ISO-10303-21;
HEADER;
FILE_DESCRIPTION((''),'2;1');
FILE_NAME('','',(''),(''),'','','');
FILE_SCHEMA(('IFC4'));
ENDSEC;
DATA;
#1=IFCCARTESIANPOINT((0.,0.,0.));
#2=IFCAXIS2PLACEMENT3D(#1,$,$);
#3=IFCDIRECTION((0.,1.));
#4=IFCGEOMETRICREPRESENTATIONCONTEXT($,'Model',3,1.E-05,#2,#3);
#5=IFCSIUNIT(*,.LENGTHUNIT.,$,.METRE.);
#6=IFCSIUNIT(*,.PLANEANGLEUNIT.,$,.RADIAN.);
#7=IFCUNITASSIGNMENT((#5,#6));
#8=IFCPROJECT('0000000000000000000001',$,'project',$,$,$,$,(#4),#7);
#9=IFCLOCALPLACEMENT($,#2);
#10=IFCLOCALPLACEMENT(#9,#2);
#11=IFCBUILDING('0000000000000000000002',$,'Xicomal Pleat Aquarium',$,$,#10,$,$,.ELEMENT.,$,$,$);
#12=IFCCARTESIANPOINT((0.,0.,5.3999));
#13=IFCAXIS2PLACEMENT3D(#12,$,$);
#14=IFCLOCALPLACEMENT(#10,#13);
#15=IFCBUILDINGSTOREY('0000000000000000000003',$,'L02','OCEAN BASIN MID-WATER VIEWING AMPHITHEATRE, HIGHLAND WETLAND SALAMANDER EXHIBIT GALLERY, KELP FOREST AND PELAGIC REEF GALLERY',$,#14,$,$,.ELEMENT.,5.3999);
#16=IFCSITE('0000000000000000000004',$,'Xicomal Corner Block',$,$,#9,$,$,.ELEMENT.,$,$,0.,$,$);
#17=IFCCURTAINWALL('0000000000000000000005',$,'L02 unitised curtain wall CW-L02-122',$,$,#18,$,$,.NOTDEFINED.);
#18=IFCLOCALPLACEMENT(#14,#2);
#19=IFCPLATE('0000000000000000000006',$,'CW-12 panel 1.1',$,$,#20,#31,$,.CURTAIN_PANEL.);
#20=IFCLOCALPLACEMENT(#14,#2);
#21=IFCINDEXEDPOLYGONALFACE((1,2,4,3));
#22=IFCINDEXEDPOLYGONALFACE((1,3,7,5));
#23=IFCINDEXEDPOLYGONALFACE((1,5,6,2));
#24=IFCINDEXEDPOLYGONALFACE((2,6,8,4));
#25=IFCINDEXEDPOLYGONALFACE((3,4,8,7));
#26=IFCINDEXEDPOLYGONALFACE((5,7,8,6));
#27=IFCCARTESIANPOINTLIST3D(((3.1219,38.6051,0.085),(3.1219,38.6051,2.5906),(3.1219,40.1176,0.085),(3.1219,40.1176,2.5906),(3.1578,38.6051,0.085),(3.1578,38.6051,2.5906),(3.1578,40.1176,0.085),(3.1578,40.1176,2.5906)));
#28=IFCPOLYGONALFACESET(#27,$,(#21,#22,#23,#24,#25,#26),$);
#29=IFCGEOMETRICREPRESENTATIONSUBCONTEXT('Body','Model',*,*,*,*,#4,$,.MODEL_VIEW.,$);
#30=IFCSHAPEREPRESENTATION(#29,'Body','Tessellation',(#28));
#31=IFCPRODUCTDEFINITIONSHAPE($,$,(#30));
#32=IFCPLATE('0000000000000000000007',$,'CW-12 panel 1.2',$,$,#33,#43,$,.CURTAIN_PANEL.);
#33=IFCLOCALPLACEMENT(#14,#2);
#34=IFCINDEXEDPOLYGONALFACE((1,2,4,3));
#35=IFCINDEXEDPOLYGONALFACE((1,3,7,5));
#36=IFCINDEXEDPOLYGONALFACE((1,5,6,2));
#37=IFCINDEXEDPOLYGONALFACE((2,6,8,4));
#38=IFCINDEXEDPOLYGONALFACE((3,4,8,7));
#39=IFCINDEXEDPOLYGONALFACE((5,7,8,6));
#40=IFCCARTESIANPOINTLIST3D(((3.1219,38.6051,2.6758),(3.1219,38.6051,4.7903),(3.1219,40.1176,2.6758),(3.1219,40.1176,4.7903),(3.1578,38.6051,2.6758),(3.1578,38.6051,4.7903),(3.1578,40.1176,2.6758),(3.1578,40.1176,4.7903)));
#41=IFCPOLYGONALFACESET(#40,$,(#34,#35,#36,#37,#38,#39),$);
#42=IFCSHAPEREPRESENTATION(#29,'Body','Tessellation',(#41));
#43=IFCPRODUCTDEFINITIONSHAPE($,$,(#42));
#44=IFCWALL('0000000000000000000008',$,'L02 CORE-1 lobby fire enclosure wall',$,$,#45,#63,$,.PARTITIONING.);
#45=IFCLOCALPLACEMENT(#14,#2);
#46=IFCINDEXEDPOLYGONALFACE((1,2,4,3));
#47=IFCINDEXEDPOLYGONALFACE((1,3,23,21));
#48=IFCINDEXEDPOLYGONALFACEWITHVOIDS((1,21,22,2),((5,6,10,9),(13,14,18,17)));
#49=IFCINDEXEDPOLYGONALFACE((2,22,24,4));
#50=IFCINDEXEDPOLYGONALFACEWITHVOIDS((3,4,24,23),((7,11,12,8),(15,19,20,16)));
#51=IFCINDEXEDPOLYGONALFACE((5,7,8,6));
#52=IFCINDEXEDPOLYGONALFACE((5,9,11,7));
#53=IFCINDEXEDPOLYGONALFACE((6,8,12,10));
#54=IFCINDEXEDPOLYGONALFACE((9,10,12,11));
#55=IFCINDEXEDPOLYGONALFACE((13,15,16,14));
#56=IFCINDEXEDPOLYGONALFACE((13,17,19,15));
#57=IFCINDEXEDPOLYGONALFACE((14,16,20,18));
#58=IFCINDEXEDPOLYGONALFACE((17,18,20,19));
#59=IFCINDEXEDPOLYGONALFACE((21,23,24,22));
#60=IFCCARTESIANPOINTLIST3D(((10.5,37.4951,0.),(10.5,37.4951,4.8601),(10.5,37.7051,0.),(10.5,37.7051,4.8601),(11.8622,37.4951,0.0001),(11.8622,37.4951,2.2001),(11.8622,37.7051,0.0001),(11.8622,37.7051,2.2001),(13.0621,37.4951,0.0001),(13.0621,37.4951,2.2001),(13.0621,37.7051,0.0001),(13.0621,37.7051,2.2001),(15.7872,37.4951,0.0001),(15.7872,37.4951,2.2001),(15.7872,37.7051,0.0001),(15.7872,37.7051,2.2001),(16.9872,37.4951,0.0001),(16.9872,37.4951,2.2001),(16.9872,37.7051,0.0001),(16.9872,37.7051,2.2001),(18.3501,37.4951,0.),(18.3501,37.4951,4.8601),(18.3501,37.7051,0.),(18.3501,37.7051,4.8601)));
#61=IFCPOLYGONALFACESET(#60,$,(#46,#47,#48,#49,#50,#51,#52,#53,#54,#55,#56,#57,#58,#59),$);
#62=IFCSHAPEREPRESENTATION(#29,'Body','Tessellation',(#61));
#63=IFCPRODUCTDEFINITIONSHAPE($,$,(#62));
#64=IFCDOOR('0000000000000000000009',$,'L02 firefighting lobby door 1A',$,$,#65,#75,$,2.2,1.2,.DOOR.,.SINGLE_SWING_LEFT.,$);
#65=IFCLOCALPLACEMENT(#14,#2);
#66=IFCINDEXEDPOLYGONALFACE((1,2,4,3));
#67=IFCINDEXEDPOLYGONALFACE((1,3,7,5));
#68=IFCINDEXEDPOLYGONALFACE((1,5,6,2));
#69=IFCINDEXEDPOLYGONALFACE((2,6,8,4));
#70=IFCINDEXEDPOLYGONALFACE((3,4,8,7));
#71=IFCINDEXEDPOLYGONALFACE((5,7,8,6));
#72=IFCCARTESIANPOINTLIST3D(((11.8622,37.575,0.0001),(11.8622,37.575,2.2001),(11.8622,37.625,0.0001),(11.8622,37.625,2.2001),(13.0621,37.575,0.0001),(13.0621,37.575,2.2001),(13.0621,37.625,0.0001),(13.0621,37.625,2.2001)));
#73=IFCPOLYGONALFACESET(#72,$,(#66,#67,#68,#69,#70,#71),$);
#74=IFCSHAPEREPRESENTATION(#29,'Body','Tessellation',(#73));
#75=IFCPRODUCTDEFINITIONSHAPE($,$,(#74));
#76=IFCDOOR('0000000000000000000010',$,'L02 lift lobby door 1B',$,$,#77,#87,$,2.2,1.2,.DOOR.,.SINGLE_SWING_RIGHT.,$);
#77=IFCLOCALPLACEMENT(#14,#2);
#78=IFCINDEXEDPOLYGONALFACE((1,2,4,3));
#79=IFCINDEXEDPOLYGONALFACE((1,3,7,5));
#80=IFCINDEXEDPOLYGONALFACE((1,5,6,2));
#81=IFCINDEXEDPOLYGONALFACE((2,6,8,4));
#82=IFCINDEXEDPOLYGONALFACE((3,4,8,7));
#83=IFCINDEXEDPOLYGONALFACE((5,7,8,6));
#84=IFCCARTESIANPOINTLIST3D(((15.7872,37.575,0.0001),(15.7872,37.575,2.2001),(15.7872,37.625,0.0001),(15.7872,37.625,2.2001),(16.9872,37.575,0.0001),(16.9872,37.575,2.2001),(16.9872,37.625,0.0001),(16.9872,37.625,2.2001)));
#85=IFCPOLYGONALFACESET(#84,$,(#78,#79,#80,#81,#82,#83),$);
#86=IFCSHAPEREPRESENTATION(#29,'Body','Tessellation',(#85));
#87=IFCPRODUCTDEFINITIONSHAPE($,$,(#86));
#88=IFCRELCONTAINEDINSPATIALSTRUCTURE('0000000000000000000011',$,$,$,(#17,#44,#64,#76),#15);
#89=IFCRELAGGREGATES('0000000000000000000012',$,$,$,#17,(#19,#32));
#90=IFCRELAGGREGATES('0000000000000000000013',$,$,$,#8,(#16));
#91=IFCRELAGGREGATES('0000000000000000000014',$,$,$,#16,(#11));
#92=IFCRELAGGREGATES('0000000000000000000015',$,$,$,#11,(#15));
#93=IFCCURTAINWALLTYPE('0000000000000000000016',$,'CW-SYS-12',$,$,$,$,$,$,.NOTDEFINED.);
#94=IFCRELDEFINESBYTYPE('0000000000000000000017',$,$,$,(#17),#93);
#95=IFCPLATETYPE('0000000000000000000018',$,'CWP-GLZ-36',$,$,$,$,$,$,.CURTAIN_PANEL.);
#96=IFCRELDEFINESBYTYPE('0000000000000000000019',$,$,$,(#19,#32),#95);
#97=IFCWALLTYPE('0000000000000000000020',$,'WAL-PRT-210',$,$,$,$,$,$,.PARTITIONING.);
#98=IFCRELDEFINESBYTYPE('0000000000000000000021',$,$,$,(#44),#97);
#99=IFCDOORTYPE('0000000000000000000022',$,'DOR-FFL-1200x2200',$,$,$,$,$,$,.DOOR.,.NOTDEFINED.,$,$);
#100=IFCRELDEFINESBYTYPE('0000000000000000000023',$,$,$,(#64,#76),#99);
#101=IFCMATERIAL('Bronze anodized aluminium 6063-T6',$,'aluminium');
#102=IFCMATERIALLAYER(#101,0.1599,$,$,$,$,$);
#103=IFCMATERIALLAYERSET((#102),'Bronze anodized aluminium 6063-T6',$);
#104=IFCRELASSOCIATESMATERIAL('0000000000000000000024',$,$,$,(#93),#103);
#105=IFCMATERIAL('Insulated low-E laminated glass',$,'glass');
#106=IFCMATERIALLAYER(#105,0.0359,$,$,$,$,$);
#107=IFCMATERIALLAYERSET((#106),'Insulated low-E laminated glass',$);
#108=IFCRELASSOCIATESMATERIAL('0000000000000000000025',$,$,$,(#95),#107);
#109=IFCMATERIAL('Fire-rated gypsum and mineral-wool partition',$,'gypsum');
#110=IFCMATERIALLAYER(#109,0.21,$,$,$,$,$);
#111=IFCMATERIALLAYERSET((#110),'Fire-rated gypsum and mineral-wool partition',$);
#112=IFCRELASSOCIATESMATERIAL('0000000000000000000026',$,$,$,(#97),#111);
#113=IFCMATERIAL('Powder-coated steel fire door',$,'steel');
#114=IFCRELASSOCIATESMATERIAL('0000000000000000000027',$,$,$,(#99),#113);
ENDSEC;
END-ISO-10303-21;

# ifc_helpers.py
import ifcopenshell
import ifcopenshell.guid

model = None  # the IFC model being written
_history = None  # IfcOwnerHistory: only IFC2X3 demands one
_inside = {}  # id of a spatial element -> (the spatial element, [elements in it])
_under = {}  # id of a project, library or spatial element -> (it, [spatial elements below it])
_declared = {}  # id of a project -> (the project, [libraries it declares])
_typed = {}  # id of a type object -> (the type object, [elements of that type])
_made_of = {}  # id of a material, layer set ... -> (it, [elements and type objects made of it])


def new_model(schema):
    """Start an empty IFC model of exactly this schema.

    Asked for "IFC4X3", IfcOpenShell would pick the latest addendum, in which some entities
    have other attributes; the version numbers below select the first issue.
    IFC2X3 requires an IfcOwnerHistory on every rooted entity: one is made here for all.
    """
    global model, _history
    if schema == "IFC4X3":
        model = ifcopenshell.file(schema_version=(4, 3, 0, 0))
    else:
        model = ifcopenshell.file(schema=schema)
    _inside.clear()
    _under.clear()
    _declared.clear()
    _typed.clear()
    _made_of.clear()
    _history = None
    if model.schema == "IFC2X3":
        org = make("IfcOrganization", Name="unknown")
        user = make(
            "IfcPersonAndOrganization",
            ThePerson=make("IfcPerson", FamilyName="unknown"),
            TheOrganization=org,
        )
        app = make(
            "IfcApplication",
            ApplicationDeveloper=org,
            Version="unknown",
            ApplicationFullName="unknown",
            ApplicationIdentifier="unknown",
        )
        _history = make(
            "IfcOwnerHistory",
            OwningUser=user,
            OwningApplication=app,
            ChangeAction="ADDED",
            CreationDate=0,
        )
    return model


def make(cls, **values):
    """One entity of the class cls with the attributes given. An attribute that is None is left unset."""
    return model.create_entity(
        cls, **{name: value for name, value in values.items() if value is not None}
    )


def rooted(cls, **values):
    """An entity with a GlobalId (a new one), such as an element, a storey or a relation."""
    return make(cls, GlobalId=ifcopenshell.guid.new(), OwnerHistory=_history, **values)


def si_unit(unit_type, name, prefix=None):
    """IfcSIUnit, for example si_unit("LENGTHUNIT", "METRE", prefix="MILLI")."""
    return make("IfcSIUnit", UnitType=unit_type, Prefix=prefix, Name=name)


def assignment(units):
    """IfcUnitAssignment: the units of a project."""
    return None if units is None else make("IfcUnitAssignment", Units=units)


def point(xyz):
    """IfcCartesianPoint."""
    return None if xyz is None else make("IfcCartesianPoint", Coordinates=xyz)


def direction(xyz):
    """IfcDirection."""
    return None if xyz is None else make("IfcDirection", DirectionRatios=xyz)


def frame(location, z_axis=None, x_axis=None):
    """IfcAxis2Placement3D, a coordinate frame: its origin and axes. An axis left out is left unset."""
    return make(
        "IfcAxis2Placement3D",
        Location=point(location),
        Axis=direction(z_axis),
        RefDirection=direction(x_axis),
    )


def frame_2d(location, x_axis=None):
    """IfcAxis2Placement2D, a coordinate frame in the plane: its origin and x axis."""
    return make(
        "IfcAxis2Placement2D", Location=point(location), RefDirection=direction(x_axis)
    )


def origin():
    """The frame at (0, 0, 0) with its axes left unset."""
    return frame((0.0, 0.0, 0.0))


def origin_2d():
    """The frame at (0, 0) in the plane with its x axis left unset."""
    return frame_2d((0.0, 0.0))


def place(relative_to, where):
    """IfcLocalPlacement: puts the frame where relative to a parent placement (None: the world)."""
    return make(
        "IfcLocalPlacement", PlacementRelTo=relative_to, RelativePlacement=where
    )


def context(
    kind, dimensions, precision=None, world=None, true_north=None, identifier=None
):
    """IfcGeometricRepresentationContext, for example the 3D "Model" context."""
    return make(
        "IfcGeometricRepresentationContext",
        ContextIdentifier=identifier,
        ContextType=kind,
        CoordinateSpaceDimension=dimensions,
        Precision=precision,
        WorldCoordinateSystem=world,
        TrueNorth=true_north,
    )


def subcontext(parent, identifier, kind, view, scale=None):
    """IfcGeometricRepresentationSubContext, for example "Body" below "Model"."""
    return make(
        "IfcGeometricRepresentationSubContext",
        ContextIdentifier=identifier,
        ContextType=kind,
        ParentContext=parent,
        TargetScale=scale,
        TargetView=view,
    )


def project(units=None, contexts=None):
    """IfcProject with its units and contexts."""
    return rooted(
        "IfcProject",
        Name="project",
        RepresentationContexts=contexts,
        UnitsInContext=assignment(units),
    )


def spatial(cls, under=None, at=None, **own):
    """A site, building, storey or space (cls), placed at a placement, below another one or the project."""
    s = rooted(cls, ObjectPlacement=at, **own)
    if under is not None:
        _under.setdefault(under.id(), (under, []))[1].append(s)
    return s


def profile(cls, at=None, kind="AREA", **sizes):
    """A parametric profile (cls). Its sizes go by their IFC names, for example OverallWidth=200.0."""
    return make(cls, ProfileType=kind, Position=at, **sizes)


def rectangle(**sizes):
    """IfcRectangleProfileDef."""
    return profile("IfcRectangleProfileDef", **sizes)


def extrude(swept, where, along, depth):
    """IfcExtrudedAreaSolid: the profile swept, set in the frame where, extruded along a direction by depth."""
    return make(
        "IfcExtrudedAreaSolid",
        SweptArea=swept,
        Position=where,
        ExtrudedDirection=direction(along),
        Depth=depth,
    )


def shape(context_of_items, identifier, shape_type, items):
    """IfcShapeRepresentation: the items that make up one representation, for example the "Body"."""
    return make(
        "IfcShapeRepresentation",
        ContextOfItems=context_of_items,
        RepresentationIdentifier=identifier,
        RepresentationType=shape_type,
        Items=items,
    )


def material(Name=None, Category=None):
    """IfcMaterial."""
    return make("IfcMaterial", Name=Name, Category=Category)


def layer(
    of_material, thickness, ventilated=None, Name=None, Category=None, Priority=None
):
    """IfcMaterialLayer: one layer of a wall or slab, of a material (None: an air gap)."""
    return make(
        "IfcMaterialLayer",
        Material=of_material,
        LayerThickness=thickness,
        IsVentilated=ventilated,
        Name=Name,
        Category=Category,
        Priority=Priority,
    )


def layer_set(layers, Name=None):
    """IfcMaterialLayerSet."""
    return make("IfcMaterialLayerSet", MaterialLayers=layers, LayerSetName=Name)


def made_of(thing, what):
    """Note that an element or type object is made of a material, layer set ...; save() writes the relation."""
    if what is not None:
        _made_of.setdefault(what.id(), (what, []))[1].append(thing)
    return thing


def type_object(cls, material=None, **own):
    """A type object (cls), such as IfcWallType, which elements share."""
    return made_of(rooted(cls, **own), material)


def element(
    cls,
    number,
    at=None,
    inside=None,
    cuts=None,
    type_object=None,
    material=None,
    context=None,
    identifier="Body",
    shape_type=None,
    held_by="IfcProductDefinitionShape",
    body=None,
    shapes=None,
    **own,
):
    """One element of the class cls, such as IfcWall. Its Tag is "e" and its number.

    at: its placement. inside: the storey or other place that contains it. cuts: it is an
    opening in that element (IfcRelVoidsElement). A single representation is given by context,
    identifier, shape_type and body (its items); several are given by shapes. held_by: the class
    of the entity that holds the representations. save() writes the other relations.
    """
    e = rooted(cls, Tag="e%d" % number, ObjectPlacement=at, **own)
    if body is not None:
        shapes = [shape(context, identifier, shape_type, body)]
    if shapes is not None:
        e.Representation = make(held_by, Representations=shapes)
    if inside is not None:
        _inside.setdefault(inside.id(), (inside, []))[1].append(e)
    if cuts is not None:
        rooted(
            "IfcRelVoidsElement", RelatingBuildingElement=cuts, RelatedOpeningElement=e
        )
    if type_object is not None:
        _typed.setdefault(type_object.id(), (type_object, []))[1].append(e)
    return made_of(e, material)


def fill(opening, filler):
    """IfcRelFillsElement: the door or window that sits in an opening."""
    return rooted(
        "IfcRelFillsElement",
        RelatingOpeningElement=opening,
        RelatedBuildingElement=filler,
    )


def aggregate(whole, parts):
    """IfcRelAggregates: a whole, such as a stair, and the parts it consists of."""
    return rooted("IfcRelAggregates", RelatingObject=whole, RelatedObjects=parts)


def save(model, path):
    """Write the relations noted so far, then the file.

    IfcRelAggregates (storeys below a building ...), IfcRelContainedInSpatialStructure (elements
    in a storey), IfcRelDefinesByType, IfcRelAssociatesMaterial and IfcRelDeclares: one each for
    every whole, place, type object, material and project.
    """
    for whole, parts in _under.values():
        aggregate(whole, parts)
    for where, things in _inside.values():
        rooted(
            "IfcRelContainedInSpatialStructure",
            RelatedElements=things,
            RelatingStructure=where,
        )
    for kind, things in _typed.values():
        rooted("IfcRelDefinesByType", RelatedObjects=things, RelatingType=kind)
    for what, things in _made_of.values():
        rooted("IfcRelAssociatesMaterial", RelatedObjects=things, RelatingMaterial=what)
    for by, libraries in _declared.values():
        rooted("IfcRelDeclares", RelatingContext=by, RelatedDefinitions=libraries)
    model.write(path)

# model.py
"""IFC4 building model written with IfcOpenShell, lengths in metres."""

from ifc_helpers import new_model, si_unit, direction, frame, frame_2d, origin, origin_2d, place, context, subcontext, project, spatial, rectangle, extrude, material, layer, layer_set, type_object, element, fill, aggregate, save


model = new_model("IFC4")

# Units and contexts
model_context = context("Model", 3, precision=1e-05, world=origin(), true_north=direction((0.0, 1.0)))
body_context = subcontext(model_context, "Body", "Model", "MODEL_VIEW")
ifc_project = project(units=[si_unit("LENGTHUNIT", "METRE"), si_unit("PLANEANGLEUNIT", "RADIAN")], contexts=[model_context])

# Site, building, storey
site_placement = place(None, origin())
site = spatial("IfcSite", under=ifc_project, at=site_placement, Name="Xicomal Corner Block", CompositionType="ELEMENT", RefElevation=0.0)
building_placement = place(site_placement, origin())
building = spatial("IfcBuilding", under=site, at=building_placement, Name="Xicomal Pleat Aquarium", CompositionType="ELEMENT")
storey_placement = place(building_placement, frame((0.0, 0.0, 5.3999)))
storey = spatial("IfcBuildingStorey", under=building, at=storey_placement, Name="L02", Description="OCEAN BASIN MID-WATER VIEWING AMPHITHEATRE, HIGHLAND WETLAND SALAMANDER EXHIBIT GALLERY, KELP FOREST AND PELAGIC REEF GALLERY", CompositionType="ELEMENT", Elevation=5.3999)

# Curtain wall
ifc_material_1 = material(Name="Bronze anodized aluminium 6063-T6", Category="aluminium")
ifc_layer_1 = layer(ifc_material_1, 0.1599)
ifc_layer_set_1 = layer_set([ifc_layer_1], Name="Bronze anodized aluminium 6063-T6")
curtain_wall_type_1 = type_object("IfcCurtainWallType", Name="CW-SYS-12", PredefinedType="NOTDEFINED", material=ifc_layer_set_1)
curtain_wall_1_placement = place(storey_placement, origin())
curtain_wall_1 = element("IfcCurtainWall", 1, at=curtain_wall_1_placement, inside=storey, type_object=curtain_wall_type_1, Name="L02 unitised curtain wall CW-L02-122", PredefinedType="NOTDEFINED")

# Plates
ifc_material_2 = material(Name="Insulated low-E laminated glass", Category="glass")
ifc_layer_2 = layer(ifc_material_2, 0.0359)
ifc_layer_set_2 = layer_set([ifc_layer_2], Name="Insulated low-E laminated glass")
plate_type_1 = type_object("IfcPlateType", Name="CWP-GLZ-36", PredefinedType="CURTAIN_PANEL", material=ifc_layer_set_2)
plate_1_placement = place(storey_placement, frame((3.1399, 39.3613, 0.085), z_axis=(0.0, 0.0, 1.0), x_axis=(0.0, 1.0, 0.0)))
plate_1 = element("IfcPlate", 2, at=plate_1_placement, type_object=plate_type_1, Name="CW-12 panel 1.1", PredefinedType="CURTAIN_PANEL", context=body_context, shape_type="SweptSolid", body=[
    extrude(rectangle(XDim=1.5125, YDim=0.0359, at=origin_2d()), origin(), (0.0, 0.0, 1.0), 2.5056),
])
plate_2_placement = place(storey_placement, frame((3.1399, 39.3613, 2.6758), z_axis=(0.0, 0.0, 1.0), x_axis=(0.0, 1.0, 0.0)))
plate_2 = element("IfcPlate", 3, at=plate_2_placement, type_object=plate_type_1, Name="CW-12 panel 1.2", PredefinedType="CURTAIN_PANEL", context=body_context, shape_type="SweptSolid", body=[
    extrude(rectangle(XDim=1.5125, YDim=0.0359, at=origin_2d()), origin(), (0.0, 0.0, 1.0), 2.1145),
])
aggregate(curtain_wall_1, [plate_1, plate_2])

# Wall, openings, doors
ifc_material_3 = material(Name="Fire-rated gypsum and mineral-wool partition", Category="gypsum")
ifc_layer_3 = layer(ifc_material_3, 0.21)
ifc_layer_set_3 = layer_set([ifc_layer_3], Name="Fire-rated gypsum and mineral-wool partition")
wall_type = type_object("IfcWallType", Name="WAL-PRT-210", PredefinedType="PARTITIONING", material=ifc_layer_set_3)
wall_placement = place(storey_placement, frame((10.5, 37.6001, 0.0), z_axis=(0.0, 0.0, 1.0), x_axis=(1.0, 0.0, 0.0)))
wall = element("IfcWall", 4, at=wall_placement, inside=storey, type_object=wall_type, Name="L02 CORE-1 lobby fire enclosure wall", PredefinedType="PARTITIONING", context=body_context, shape_type="SweptSolid", body=[
    extrude(rectangle(XDim=7.8501, YDim=0.21, at=frame_2d((3.925, 0.0))), origin(), (0.0, 0.0, 1.0), 4.8601),
])
opening_1_placement = place(wall_placement, frame((1.3621, 0.0, 0.0)))
opening_1 = element("IfcOpeningElement", 5, at=opening_1_placement, cuts=wall, PredefinedType="OPENING", context=body_context, shape_type="SweptSolid", body=[
    extrude(rectangle(XDim=1.2, YDim=2.2, at=frame_2d((0.6001, 1.1001))), frame((0.0, 0.115, 0.0), z_axis=(0.0, -1.0, 0.0), x_axis=(1.0, 0.0, 0.0)), (0.0, 0.0, 1.0), 0.23),
])
opening_2_placement = place(wall_placement, frame((5.2871, 0.0, 0.0)))
opening_2 = element("IfcOpeningElement", 6, at=opening_2_placement, cuts=wall, PredefinedType="OPENING", context=body_context, shape_type="SweptSolid", body=[
    extrude(rectangle(XDim=1.2, YDim=2.2, at=frame_2d((0.6001, 1.1001))), frame((0.0, 0.115, 0.0), z_axis=(0.0, -1.0, 0.0), x_axis=(1.0, 0.0, 0.0)), (0.0, 0.0, 1.0), 0.23),
])
ifc_material_4 = material(Name="Powder-coated steel fire door", Category="steel")
door_type = type_object("IfcDoorType", Name="DOR-FFL-1200x2200", OperationType="NOTDEFINED", PredefinedType="DOOR", material=ifc_material_4)
door_1_placement = place(opening_1_placement, origin())
door_1 = element("IfcDoor", 7, at=door_1_placement, inside=storey, type_object=door_type, Name="L02 firefighting lobby door 1A", OperationType="SINGLE_SWING_LEFT", OverallHeight=2.2, OverallWidth=1.2, PredefinedType="DOOR", context=body_context, shape_type="SweptSolid", body=[
    extrude(rectangle(XDim=1.2, YDim=2.2, at=frame_2d((0.6001, 1.1001))), frame((0.0, 0.0249, 0.0), z_axis=(0.0, -1.0, 0.0), x_axis=(1.0, 0.0, 0.0)), (0.0, 0.0, 1.0), 0.05),
])
fill(opening_1, door_1)
door_2_placement = place(opening_2_placement, origin())
door_2 = element("IfcDoor", 8, at=door_2_placement, inside=storey, type_object=door_type, Name="L02 lift lobby door 1B", OperationType="SINGLE_SWING_RIGHT", OverallHeight=2.2, OverallWidth=1.2, PredefinedType="DOOR", context=body_context, shape_type="SweptSolid", body=[
    extrude(rectangle(XDim=1.2, YDim=2.2, at=frame_2d((0.6001, 1.1001))), frame((0.0, 0.0249, 0.0), z_axis=(0.0, -1.0, 0.0), x_axis=(1.0, 0.0, 0.0)), (0.0, 0.0, 1.0), 0.05),
])
fill(opening_2, door_2)

save(model, "model.ifc")
